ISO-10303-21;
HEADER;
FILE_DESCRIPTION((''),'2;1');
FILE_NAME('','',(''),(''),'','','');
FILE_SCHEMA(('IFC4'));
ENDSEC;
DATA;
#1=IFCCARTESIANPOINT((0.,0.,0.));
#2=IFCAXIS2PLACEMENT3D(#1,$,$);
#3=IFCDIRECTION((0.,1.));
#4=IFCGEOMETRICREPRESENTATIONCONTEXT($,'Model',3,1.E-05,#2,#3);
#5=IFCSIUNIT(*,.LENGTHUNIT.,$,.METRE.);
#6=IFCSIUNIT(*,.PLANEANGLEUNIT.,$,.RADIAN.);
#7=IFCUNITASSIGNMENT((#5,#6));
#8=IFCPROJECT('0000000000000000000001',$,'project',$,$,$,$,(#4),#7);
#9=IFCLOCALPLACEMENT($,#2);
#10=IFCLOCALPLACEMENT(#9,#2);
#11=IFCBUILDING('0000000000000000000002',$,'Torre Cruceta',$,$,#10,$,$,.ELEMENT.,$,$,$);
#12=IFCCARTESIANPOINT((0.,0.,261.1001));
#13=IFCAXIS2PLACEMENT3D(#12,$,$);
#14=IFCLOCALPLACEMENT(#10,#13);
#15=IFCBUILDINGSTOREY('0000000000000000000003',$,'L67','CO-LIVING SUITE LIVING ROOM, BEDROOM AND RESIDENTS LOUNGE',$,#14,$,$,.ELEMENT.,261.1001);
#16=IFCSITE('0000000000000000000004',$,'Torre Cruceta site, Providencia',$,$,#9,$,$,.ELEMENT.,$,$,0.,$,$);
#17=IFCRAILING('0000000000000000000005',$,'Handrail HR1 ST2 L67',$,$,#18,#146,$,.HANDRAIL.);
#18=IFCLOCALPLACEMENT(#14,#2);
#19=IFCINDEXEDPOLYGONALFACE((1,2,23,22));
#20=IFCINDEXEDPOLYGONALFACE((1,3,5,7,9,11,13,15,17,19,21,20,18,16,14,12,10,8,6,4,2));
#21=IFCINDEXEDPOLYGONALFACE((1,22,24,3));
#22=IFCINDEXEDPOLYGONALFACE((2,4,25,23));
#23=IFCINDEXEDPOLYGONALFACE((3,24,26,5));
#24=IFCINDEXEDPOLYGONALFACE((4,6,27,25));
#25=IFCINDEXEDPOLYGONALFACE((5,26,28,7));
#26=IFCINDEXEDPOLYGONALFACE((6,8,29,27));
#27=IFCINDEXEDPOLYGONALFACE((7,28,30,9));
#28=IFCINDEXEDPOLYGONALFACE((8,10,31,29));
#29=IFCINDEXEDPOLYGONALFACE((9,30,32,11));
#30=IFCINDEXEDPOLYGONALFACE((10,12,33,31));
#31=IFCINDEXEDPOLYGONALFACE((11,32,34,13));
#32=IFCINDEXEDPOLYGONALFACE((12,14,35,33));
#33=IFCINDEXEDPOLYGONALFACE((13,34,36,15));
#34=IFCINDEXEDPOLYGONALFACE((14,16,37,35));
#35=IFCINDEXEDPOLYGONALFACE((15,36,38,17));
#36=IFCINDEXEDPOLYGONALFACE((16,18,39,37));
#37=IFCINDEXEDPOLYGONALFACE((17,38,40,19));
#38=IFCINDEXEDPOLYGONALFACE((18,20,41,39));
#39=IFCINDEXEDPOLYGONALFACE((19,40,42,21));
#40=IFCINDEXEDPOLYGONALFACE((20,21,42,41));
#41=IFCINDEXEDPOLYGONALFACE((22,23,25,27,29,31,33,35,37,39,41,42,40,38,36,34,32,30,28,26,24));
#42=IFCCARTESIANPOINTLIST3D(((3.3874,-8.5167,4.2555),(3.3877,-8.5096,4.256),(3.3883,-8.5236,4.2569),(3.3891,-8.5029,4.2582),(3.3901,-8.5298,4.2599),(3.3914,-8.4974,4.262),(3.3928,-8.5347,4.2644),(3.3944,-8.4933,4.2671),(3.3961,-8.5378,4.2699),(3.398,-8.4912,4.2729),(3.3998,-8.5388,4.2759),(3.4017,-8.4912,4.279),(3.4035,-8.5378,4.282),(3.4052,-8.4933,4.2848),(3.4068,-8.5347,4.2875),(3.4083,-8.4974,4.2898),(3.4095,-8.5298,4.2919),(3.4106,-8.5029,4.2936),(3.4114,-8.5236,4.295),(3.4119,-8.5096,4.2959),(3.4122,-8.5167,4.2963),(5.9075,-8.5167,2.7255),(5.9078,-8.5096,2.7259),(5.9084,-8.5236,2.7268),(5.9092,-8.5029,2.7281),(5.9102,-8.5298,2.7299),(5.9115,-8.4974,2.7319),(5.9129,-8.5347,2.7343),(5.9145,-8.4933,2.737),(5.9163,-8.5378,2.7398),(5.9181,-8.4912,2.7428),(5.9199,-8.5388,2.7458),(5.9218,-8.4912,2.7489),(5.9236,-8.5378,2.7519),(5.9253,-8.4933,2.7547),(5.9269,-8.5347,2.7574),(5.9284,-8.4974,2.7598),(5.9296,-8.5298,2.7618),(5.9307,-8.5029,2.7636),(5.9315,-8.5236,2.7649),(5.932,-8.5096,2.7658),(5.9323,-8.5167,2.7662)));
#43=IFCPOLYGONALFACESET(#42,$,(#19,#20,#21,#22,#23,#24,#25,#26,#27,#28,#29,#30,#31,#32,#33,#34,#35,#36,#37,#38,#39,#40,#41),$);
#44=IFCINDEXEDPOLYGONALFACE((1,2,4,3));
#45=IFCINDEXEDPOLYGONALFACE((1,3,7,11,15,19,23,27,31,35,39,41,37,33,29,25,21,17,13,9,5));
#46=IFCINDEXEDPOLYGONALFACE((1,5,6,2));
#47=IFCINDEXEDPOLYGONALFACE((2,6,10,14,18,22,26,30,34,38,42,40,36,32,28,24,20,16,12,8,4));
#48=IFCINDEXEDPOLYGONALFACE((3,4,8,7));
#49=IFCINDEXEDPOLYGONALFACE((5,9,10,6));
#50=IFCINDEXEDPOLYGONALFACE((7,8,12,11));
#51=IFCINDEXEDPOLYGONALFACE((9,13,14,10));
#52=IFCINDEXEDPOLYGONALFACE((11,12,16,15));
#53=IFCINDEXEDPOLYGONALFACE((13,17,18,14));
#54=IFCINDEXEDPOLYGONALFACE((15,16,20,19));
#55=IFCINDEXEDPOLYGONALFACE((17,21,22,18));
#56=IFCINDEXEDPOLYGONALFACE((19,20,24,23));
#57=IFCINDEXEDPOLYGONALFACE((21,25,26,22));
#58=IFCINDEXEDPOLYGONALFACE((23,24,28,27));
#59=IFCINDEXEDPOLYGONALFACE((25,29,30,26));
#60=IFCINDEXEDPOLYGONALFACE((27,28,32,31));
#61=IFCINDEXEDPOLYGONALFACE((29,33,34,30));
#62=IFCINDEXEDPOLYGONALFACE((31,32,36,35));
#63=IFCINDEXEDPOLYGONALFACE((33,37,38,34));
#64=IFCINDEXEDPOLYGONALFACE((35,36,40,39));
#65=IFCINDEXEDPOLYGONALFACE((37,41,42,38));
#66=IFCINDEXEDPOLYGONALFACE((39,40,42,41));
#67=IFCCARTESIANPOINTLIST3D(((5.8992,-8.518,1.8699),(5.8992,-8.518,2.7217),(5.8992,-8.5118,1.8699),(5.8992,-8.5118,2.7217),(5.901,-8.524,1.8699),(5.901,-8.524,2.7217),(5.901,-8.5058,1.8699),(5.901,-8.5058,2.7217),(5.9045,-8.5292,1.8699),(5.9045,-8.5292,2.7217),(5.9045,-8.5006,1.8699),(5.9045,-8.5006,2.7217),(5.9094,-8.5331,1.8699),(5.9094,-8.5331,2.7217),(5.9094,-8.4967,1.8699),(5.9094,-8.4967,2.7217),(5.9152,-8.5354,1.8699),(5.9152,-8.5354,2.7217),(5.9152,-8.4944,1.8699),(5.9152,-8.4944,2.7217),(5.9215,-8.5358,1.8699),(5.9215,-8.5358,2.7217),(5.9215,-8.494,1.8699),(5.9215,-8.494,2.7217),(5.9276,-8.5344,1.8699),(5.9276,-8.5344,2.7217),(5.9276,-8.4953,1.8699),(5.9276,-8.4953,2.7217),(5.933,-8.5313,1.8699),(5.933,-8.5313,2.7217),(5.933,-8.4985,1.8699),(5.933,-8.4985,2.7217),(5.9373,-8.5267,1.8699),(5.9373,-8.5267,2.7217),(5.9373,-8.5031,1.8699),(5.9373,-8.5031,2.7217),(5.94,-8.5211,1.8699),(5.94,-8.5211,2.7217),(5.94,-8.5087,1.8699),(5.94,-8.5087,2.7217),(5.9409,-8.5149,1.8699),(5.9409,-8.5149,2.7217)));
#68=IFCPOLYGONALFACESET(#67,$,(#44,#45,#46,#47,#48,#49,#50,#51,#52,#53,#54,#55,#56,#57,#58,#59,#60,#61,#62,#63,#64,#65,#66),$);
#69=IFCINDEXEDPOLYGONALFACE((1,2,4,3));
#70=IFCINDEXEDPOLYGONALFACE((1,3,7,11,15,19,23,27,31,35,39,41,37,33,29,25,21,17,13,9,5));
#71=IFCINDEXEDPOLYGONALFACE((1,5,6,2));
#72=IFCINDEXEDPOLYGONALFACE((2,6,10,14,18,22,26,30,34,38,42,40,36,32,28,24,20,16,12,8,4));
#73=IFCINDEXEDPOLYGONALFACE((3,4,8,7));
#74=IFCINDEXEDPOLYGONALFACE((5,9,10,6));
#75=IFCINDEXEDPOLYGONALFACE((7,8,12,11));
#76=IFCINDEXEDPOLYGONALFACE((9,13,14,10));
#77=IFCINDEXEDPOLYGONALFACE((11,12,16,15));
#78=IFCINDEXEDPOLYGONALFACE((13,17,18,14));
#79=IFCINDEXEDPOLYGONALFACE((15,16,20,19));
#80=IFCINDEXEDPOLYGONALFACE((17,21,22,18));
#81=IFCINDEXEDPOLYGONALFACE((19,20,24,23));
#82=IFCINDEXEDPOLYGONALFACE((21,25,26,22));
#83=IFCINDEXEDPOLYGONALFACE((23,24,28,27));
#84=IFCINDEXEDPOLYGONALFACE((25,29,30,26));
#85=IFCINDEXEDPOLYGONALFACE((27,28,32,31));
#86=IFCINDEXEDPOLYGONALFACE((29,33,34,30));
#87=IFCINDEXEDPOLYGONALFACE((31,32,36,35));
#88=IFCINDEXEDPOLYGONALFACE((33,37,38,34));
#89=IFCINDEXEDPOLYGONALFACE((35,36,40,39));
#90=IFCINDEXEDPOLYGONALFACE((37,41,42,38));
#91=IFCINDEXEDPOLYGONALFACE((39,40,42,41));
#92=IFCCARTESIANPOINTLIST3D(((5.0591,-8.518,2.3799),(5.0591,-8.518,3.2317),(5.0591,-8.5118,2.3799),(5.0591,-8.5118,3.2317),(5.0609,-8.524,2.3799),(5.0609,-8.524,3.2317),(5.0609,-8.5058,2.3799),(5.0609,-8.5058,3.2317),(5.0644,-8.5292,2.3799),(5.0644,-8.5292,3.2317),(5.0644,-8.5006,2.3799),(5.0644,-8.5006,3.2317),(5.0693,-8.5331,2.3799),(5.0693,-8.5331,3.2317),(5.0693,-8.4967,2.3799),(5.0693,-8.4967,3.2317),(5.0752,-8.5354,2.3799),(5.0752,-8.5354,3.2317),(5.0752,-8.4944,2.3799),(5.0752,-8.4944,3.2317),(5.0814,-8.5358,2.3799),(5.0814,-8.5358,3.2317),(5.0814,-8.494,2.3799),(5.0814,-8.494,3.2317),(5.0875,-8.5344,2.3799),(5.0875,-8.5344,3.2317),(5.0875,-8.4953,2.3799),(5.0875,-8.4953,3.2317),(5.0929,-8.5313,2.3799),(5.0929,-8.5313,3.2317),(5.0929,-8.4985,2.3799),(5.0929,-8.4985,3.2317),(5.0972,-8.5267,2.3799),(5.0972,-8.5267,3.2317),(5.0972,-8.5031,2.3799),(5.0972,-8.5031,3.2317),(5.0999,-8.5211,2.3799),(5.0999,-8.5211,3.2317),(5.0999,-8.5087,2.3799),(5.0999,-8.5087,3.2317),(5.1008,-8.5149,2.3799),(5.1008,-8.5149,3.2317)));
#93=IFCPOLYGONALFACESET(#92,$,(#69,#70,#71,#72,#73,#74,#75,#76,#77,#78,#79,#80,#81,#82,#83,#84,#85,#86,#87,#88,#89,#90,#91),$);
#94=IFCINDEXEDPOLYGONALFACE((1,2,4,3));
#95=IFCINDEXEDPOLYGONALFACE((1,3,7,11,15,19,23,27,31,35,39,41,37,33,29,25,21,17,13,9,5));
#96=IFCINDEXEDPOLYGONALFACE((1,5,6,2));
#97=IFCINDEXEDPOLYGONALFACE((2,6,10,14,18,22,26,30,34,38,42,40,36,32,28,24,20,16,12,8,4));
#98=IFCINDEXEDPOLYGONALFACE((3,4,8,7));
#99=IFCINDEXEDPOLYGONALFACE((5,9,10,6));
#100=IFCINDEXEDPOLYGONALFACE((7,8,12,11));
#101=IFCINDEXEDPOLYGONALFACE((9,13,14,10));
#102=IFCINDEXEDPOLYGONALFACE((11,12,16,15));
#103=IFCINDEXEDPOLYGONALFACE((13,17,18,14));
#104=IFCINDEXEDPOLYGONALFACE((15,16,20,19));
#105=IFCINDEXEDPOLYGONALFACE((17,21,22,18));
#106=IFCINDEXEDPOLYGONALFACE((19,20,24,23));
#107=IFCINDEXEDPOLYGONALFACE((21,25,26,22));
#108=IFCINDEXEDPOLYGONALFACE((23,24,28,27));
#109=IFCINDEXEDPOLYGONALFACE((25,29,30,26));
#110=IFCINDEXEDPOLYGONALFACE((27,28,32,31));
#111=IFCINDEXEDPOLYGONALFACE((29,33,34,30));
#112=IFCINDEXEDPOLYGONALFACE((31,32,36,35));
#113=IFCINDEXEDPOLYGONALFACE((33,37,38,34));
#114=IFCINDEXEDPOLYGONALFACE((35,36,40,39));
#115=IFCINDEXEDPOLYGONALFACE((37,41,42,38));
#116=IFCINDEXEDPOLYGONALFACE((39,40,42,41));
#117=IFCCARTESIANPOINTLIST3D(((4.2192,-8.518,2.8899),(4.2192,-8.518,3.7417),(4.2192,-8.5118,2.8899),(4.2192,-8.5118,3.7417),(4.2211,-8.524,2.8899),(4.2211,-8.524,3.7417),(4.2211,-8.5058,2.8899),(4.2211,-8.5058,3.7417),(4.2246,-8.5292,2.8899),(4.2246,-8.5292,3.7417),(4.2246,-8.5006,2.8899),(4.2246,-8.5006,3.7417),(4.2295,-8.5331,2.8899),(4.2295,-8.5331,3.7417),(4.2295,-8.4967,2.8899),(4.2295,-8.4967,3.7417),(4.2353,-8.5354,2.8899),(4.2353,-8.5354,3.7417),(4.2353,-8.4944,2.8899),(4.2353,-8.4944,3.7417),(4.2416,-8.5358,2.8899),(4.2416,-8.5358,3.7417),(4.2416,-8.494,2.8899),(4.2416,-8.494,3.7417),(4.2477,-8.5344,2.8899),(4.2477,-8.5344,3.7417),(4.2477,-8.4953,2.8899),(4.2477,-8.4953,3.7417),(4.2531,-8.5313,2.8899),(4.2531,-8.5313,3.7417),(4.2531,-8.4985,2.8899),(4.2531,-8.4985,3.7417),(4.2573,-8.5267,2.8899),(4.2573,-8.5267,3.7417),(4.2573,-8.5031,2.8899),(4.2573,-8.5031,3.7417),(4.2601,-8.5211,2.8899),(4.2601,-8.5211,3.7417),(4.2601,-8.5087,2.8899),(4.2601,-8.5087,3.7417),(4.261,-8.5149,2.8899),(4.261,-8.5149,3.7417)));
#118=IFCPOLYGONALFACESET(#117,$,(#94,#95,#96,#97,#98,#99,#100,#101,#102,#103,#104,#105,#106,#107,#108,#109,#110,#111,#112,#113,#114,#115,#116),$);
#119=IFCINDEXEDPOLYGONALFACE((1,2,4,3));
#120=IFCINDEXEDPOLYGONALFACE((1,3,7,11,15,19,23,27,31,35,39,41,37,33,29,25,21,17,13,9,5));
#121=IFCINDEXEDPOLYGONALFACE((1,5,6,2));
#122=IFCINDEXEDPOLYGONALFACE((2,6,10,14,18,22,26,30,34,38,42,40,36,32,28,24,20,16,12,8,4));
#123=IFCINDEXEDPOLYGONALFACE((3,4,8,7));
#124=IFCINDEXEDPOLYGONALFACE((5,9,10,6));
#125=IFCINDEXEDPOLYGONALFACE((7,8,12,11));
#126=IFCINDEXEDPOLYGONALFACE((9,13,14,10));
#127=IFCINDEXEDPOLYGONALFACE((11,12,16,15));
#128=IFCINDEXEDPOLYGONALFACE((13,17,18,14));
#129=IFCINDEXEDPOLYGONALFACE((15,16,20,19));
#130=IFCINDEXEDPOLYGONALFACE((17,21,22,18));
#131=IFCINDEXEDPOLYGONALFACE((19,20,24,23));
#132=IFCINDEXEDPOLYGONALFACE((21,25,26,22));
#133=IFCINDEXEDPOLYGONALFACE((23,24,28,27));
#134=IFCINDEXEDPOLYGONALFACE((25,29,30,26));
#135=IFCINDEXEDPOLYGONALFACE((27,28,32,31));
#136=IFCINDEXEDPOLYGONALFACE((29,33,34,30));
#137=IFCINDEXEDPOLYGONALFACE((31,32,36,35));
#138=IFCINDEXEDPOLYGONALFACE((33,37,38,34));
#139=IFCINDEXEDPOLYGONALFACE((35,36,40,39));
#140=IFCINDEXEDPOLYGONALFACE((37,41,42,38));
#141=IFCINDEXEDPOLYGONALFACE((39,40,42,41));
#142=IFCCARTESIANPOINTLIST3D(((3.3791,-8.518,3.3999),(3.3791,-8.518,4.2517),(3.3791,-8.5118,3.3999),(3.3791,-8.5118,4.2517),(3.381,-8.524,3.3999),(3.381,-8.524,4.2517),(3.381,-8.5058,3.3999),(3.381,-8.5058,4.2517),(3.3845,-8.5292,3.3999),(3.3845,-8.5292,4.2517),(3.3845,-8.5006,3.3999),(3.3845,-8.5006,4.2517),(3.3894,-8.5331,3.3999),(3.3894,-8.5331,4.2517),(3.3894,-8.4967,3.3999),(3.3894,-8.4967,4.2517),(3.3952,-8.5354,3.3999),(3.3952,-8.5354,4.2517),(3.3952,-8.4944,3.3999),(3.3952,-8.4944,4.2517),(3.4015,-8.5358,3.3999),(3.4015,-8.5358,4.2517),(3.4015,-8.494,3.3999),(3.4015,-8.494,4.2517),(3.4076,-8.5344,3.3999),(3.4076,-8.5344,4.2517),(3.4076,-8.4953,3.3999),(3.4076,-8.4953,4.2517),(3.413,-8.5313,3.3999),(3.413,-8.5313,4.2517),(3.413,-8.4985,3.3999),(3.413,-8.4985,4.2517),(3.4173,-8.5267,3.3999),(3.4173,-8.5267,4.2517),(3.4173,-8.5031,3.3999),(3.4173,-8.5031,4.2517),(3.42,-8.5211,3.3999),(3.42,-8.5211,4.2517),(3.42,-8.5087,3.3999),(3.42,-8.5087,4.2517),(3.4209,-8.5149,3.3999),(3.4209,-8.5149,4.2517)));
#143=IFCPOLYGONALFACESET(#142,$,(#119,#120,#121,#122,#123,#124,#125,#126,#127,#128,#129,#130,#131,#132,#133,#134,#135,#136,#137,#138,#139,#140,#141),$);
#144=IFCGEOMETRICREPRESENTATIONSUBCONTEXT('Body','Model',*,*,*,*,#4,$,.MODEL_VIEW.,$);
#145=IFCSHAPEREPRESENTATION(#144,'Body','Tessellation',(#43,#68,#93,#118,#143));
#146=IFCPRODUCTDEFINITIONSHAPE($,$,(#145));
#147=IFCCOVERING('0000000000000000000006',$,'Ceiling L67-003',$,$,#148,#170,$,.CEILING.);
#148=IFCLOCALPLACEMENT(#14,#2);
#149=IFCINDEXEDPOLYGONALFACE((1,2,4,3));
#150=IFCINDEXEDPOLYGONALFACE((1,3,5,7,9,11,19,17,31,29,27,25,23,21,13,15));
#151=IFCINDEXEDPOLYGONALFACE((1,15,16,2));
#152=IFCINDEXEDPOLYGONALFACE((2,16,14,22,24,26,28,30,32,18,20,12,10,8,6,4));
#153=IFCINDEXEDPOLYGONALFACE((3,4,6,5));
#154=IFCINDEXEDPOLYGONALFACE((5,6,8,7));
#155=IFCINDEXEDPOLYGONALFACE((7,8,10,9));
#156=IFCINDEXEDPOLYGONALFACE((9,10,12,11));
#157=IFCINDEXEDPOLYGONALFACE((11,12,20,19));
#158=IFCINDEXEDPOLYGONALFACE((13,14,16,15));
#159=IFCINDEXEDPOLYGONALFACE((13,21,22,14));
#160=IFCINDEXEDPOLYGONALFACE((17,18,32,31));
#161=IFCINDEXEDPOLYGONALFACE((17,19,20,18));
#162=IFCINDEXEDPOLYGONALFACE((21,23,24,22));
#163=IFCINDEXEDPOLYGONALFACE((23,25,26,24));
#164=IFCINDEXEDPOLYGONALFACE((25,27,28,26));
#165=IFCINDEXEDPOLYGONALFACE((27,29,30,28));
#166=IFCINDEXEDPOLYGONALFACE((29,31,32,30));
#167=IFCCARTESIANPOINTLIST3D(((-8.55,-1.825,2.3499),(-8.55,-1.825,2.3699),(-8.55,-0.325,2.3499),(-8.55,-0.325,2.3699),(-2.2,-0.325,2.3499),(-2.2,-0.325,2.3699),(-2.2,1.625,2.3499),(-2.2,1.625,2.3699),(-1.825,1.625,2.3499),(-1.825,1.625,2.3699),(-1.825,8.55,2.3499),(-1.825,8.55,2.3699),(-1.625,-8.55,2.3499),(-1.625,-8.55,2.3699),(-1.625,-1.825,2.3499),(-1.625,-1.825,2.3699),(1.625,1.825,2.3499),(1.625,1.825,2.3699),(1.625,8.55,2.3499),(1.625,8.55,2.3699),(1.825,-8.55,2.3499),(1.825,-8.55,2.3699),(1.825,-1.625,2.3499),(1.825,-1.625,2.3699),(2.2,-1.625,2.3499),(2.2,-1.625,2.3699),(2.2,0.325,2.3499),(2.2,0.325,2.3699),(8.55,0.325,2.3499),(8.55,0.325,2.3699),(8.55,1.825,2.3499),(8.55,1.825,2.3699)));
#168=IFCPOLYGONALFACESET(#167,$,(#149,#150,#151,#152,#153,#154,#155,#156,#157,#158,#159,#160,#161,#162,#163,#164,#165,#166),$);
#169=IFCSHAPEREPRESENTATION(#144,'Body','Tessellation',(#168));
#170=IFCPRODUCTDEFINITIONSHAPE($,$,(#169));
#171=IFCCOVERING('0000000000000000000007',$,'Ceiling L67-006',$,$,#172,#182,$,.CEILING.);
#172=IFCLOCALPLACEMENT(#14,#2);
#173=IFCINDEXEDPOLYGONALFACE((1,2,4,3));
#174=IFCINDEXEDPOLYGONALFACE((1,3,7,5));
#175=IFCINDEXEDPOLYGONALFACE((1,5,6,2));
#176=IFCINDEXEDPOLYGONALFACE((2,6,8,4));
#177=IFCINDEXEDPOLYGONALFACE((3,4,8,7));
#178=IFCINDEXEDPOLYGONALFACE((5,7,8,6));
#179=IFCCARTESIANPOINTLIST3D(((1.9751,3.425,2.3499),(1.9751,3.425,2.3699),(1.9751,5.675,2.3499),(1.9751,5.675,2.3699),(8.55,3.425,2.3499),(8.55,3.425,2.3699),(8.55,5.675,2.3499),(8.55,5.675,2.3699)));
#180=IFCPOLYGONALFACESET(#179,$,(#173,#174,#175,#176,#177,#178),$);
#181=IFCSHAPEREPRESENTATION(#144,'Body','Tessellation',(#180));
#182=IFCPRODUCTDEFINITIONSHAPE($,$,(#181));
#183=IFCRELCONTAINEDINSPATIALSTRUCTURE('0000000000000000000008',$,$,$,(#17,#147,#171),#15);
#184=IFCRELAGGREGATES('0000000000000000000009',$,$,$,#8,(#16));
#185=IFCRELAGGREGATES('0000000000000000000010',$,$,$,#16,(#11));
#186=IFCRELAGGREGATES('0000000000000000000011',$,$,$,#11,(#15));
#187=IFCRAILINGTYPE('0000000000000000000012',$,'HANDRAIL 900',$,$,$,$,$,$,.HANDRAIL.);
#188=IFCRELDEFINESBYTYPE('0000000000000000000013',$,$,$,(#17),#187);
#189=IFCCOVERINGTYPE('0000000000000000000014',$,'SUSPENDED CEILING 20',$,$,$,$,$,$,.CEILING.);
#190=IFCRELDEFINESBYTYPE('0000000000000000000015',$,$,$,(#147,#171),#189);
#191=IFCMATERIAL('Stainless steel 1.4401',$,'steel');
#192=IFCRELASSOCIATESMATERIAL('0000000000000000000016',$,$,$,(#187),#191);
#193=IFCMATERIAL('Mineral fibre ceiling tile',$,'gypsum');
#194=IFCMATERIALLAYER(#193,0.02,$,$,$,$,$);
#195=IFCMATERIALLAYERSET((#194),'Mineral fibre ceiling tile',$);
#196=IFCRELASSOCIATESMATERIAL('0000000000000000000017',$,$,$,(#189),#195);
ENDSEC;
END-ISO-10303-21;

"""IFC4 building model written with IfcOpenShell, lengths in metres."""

from ifc_helpers import new_model, si_unit, direction, frame, origin, origin_2d, place, context, subcontext, project, spatial, polyline, circle, outline, extrude, material, layer, layer_set, type_object, element, save


model = new_model("IFC4")

# Units and contexts
model_context = context("Model", 3, precision=1e-05, world=origin(), true_north=direction((0.0, 1.0)))
body_context = subcontext(model_context, "Body", "Model", "MODEL_VIEW")
ifc_project = project(units=[si_unit("LENGTHUNIT", "METRE"), si_unit("PLANEANGLEUNIT", "RADIAN")], contexts=[model_context])

# Site, building, storey
site_placement = place(None, origin())
site = spatial("IfcSite", under=ifc_project, at=site_placement, Name="Torre Cruceta site, Providencia", CompositionType="ELEMENT", RefElevation=0.0)
building_placement = place(site_placement, origin())
building = spatial("IfcBuilding", under=site, at=building_placement, Name="Torre Cruceta", CompositionType="ELEMENT")
storey_placement = place(building_placement, frame((0.0, 0.0, 261.1001)))
storey = spatial("IfcBuildingStorey", under=building, at=storey_placement, Name="L67", Description="CO-LIVING SUITE LIVING ROOM, BEDROOM AND RESIDENTS LOUNGE", CompositionType="ELEMENT", Elevation=261.1001)

# Railing
ifc_material_1 = material(Name="Stainless steel 1.4401", Category="steel")
railing_type = type_object("IfcRailingType", Name="HANDRAIL 900", PredefinedType="HANDRAIL", material=ifc_material_1)
railing_1_placement = place(storey_placement, frame((5.9199, -8.5149, 1.8699)))
element("IfcRailing", 1, at=railing_1_placement, inside=storey, type_object=railing_type, Name="Handrail HR1 ST2 L67", PredefinedType="HANDRAIL", context=body_context, shape_type="SweptSolid", body=[
    extrude(circle(Radius=0.0239, at=origin_2d()), frame((0.0, 0.0, 0.876), z_axis=(-0.854785, 0.0, 0.518982), x_axis=(0.0, -1.0, 0.0)), (0.0, 0.0, 1.0), 2.9482),
    extrude(circle(Radius=0.021, at=origin_2d()), origin(), (0.0, 0.0, 1.0), 0.8518),
    extrude(circle(Radius=0.021, at=origin_2d()), frame((-0.8401, 0.0, 0.51)), (0.0, 0.0, 1.0), 0.8518),
    extrude(circle(Radius=0.021, at=origin_2d()), frame((-1.6799, 0.0, 1.02)), (0.0, 0.0, 1.0), 0.8518),
    extrude(circle(Radius=0.021, at=origin_2d()), frame((-2.52, 0.0, 1.53)), (0.0, 0.0, 1.0), 0.8518),
])

# Coverings
ifc_material_2 = material(Name="Mineral fibre ceiling tile", Category="gypsum")
ifc_layer_1 = layer(ifc_material_2, 0.02)
ifc_layer_set_1 = layer_set([ifc_layer_1], Name="Mineral fibre ceiling tile")
covering_type = type_object("IfcCoveringType", Name="SUSPENDED CEILING 20", PredefinedType="CEILING", material=ifc_layer_set_1)
covering_1_placement = place(storey_placement, frame((0.0, 0.0, 2.3499)))
element("IfcCovering", 2, at=covering_1_placement, inside=storey, type_object=covering_type, Name="Ceiling L67-003", PredefinedType="CEILING", context=body_context, shape_type="SweptSolid", body=[
    extrude(outline(polyline([(1.825, -8.55), (-1.625, -8.55), (-1.625, -1.825), (-8.55, -1.825), (-8.55, -0.325), (-2.2, -0.325), (-2.2, 1.625), (-1.825, 1.625), (-1.825, 8.55), (1.625, 8.55), (1.625, 1.825), (8.55, 1.825), (8.55, 0.325), (2.2, 0.325), (2.2, -1.625), (1.825, -1.625), (1.825, -8.55)])), origin(), (0.0, 0.0, 1.0), 0.02),
])
covering_2_placement = place(storey_placement, frame((0.0, 0.0, 2.3499)))
element("IfcCovering", 3, at=covering_2_placement, inside=storey, type_object=covering_type, Name="Ceiling L67-006", PredefinedType="CEILING", context=body_context, shape_type="SweptSolid", body=[
    extrude(outline(polyline([(1.9751, 3.425), (1.9751, 5.675), (8.55, 5.675), (8.55, 3.425), (1.9751, 3.425)])), origin(), (0.0, 0.0, 1.0), 0.02),
])

save(model, "model.ifc")
